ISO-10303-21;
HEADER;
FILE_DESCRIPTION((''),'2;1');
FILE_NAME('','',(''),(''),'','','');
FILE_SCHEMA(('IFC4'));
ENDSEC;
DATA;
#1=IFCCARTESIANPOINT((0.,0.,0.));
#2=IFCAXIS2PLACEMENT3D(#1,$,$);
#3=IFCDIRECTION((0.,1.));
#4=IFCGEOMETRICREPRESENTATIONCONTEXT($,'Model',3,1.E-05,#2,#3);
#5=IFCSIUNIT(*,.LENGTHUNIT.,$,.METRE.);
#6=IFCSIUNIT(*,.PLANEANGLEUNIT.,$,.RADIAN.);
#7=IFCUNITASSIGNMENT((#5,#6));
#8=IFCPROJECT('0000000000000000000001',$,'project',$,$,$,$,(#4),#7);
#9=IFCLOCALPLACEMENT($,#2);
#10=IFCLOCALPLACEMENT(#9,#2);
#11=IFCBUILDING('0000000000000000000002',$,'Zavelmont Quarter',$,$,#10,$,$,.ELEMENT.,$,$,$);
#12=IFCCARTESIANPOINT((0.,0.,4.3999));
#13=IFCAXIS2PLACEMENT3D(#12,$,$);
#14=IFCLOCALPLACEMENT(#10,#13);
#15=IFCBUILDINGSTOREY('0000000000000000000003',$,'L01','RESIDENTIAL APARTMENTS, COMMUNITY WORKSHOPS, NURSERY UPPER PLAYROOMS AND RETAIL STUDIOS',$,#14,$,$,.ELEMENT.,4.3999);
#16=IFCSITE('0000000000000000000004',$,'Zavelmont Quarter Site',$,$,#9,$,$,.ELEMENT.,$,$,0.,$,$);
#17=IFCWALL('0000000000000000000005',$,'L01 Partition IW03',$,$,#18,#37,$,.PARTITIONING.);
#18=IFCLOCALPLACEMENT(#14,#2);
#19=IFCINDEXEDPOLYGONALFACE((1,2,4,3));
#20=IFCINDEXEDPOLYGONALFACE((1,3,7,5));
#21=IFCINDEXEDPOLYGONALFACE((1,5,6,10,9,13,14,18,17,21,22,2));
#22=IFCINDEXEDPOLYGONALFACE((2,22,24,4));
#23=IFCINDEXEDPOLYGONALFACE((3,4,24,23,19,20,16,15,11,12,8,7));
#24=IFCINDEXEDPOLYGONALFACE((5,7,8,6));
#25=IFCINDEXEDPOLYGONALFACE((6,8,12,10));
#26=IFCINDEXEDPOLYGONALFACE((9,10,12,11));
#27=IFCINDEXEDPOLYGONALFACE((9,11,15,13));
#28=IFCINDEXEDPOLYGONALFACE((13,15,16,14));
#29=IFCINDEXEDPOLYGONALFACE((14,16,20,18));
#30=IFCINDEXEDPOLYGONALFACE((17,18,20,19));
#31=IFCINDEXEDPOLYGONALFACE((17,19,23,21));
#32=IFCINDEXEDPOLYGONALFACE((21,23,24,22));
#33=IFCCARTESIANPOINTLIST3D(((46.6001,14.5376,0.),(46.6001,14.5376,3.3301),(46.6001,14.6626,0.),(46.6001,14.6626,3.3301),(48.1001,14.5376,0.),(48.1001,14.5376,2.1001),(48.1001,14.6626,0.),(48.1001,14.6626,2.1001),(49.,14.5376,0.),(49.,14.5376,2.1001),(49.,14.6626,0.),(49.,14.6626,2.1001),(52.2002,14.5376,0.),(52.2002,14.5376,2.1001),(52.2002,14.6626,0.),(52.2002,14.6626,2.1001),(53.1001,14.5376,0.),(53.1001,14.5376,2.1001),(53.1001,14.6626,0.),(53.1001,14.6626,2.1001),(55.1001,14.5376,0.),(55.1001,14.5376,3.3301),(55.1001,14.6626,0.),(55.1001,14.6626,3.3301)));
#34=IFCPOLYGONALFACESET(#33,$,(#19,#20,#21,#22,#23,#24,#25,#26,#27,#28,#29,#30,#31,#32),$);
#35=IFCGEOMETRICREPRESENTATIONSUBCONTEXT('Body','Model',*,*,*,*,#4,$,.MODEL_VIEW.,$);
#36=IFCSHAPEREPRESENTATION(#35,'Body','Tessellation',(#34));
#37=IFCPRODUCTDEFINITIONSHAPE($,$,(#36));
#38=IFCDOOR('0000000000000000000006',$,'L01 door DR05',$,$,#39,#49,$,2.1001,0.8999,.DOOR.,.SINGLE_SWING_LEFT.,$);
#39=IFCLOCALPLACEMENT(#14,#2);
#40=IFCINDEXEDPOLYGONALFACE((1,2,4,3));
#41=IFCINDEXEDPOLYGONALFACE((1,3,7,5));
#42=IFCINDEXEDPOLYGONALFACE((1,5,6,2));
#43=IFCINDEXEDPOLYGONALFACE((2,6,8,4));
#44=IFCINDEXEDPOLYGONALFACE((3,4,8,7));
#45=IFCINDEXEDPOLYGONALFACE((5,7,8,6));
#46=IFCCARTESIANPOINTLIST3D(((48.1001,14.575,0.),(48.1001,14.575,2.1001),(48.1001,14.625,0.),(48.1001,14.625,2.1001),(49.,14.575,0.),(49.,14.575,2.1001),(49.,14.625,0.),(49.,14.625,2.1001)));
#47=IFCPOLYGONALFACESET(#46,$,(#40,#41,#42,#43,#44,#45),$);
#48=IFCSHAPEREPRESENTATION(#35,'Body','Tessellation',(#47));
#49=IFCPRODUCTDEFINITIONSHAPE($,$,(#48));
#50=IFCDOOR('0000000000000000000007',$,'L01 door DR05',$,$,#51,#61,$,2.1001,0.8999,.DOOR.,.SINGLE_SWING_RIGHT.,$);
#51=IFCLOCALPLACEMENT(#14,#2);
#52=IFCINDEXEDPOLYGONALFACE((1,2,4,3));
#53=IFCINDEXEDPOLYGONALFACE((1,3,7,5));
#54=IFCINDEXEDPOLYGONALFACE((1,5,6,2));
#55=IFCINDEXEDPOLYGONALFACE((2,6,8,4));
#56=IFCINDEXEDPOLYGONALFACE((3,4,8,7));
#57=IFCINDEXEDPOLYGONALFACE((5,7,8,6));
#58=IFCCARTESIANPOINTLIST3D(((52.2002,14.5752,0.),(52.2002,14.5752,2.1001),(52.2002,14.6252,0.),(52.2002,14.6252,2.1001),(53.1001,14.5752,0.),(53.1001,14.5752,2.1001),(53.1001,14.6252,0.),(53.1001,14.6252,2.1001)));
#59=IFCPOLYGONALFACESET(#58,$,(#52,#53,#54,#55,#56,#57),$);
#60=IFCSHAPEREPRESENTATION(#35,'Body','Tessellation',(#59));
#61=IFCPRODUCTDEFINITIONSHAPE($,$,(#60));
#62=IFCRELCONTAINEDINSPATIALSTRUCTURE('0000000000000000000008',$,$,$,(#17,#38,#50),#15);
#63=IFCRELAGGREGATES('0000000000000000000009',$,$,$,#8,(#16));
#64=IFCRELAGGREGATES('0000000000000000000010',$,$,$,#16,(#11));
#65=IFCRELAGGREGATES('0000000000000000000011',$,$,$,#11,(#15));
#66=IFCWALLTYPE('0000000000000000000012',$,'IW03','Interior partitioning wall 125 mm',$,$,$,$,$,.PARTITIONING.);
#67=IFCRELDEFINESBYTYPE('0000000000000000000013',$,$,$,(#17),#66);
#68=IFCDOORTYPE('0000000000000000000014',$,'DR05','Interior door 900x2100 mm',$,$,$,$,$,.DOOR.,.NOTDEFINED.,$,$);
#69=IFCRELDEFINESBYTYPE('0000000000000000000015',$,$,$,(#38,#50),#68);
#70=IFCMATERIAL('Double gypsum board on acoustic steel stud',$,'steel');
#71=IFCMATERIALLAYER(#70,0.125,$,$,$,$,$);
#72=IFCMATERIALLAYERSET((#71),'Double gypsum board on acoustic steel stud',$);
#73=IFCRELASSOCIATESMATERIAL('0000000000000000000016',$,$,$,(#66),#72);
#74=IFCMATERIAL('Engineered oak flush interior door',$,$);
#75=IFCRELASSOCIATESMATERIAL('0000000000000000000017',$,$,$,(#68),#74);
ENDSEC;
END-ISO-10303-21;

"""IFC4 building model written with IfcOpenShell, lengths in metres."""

from ifc_helpers import new_model, si_unit, direction, frame, frame_2d, origin, origin_with_axes, place, context, subcontext, project, spatial, rectangle, extrude, material, layer, layer_set, type_object, element, fill, save


model = new_model("IFC4")

# Units and contexts
model_context = context("Model", 3, precision=1e-05, world=origin(), true_north=direction((0.0, 1.0)))
body_context = subcontext(model_context, "Body", "Model", "MODEL_VIEW")
ifc_project = project(units=[si_unit("LENGTHUNIT", "METRE"), si_unit("PLANEANGLEUNIT", "RADIAN")], contexts=[model_context])

# Site, building, storey
site_placement = place(None, origin())
site = spatial("IfcSite", under=ifc_project, at=site_placement, Name="Zavelmont Quarter Site", CompositionType="ELEMENT", RefElevation=0.0)
building_placement = place(site_placement, origin())
building = spatial("IfcBuilding", under=site, at=building_placement, Name="Zavelmont Quarter", CompositionType="ELEMENT")
storey_placement = place(building_placement, frame((0.0, 0.0, 4.3999)))
storey = spatial("IfcBuildingStorey", under=building, at=storey_placement, Name="L01", Description="RESIDENTIAL APARTMENTS, COMMUNITY WORKSHOPS, NURSERY UPPER PLAYROOMS AND RETAIL STUDIOS", CompositionType="ELEMENT", Elevation=4.3999)

# Shared definitions
ifc_material_1 = material(Name="Double gypsum board on acoustic steel stud", Category="steel")
ifc_layer_1 = layer(ifc_material_1, 0.125)
ifc_layer_set_1 = layer_set([ifc_layer_1], Name="Double gypsum board on acoustic steel stud")
wall_type_1 = type_object("IfcWallType", Name="IW03", Description="Interior partitioning wall 125 mm", PredefinedType="PARTITIONING", material=ifc_layer_set_1)

# Wall, openings, doors
wall_1_placement = place(storey_placement, frame((46.6001, 14.6001, 0.0), z_axis=(0.0, 0.0, 1.0), x_axis=(1.0, 0.0, 0.0)))
wall_1 = element("IfcWall", 1, at=wall_1_placement, inside=storey, type_object=wall_type_1, Name="L01 Partition IW03", PredefinedType="PARTITIONING", context=body_context, shape_type="SweptSolid", body=[
    extrude(rectangle(XDim=8.5, YDim=0.125, at=frame_2d((4.25, 0.0))), origin(), (0.0, 0.0, 1.0), 3.3301),
])
opening_1_placement = place(wall_1_placement, frame((1.5, 0.0, 0.0)))
opening_1 = element("IfcOpeningElement", 2, at=opening_1_placement, cuts=wall_1, PredefinedType="OPENING", context=body_context, shape_type="SweptSolid", body=[
    extrude(rectangle(XDim=0.8999, YDim=2.1001, at=frame_2d((0.45, 1.05))), frame((0.0, 0.0745, 0.0), z_axis=(0.0, -1.0, 0.0), x_axis=(1.0, 0.0, 0.0)), (0.0, 0.0, 1.0), 0.1489),
])
opening_2_placement = place(wall_1_placement, frame((5.6001, 0.0, 0.0)))
opening_2 = element("IfcOpeningElement", 3, at=opening_2_placement, cuts=wall_1, PredefinedType="OPENING", context=body_context, shape_type="SweptSolid", body=[
    extrude(rectangle(XDim=0.8999, YDim=2.1001, at=frame_2d((0.45, 1.05))), frame((0.0, 0.0745, 0.0), z_axis=(0.0, -1.0, 0.0), x_axis=(1.0, 0.0, 0.0)), (0.0, 0.0, 1.0), 0.1489),
])
ifc_material_2 = material(Name="Engineered oak flush interior door")
door_type = type_object("IfcDoorType", Name="DR05", Description="Interior door 900x2100 mm", OperationType="NOTDEFINED", PredefinedType="DOOR", material=ifc_material_2)
door_1_placement = place(opening_1_placement, origin_with_axes())
door_1 = element("IfcDoor", 4, at=door_1_placement, inside=storey, type_object=door_type, Name="L01 door DR05", OperationType="SINGLE_SWING_LEFT", OverallHeight=2.1001, OverallWidth=0.8999, PredefinedType="DOOR", context=body_context, shape_type="SweptSolid", body=[
    extrude(rectangle(XDim=0.8999, YDim=2.1001, at=frame_2d((0.45, 1.05))), frame((0.0, 0.0249, 0.0), z_axis=(0.0, -1.0, 0.0), x_axis=(1.0, 0.0, 0.0)), (0.0, 0.0, 1.0), 0.05),
])
fill(opening_1, door_1)
door_2_placement = place(opening_2_placement, frame((0.8999, 0.0, 0.0), z_axis=(0.0, 0.0, 1.0), x_axis=(-1.0, 0.0, 0.0)))
door_2 = element("IfcDoor", 5, at=door_2_placement, inside=storey, type_object=door_type, Name="L01 door DR05", OperationType="SINGLE_SWING_RIGHT", OverallHeight=2.1001, OverallWidth=0.8999, PredefinedType="DOOR", context=body_context, shape_type="SweptSolid", body=[
    extrude(rectangle(XDim=0.8999, YDim=2.1001, at=frame_2d((0.45, 1.05))), frame((0.0, 0.0249, 0.0), z_axis=(0.0, -1.0, 0.0), x_axis=(1.0, 0.0, 0.0)), (0.0, 0.0, 1.0), 0.05),
])
fill(opening_2, door_2)

save(model, "model.ifc")
